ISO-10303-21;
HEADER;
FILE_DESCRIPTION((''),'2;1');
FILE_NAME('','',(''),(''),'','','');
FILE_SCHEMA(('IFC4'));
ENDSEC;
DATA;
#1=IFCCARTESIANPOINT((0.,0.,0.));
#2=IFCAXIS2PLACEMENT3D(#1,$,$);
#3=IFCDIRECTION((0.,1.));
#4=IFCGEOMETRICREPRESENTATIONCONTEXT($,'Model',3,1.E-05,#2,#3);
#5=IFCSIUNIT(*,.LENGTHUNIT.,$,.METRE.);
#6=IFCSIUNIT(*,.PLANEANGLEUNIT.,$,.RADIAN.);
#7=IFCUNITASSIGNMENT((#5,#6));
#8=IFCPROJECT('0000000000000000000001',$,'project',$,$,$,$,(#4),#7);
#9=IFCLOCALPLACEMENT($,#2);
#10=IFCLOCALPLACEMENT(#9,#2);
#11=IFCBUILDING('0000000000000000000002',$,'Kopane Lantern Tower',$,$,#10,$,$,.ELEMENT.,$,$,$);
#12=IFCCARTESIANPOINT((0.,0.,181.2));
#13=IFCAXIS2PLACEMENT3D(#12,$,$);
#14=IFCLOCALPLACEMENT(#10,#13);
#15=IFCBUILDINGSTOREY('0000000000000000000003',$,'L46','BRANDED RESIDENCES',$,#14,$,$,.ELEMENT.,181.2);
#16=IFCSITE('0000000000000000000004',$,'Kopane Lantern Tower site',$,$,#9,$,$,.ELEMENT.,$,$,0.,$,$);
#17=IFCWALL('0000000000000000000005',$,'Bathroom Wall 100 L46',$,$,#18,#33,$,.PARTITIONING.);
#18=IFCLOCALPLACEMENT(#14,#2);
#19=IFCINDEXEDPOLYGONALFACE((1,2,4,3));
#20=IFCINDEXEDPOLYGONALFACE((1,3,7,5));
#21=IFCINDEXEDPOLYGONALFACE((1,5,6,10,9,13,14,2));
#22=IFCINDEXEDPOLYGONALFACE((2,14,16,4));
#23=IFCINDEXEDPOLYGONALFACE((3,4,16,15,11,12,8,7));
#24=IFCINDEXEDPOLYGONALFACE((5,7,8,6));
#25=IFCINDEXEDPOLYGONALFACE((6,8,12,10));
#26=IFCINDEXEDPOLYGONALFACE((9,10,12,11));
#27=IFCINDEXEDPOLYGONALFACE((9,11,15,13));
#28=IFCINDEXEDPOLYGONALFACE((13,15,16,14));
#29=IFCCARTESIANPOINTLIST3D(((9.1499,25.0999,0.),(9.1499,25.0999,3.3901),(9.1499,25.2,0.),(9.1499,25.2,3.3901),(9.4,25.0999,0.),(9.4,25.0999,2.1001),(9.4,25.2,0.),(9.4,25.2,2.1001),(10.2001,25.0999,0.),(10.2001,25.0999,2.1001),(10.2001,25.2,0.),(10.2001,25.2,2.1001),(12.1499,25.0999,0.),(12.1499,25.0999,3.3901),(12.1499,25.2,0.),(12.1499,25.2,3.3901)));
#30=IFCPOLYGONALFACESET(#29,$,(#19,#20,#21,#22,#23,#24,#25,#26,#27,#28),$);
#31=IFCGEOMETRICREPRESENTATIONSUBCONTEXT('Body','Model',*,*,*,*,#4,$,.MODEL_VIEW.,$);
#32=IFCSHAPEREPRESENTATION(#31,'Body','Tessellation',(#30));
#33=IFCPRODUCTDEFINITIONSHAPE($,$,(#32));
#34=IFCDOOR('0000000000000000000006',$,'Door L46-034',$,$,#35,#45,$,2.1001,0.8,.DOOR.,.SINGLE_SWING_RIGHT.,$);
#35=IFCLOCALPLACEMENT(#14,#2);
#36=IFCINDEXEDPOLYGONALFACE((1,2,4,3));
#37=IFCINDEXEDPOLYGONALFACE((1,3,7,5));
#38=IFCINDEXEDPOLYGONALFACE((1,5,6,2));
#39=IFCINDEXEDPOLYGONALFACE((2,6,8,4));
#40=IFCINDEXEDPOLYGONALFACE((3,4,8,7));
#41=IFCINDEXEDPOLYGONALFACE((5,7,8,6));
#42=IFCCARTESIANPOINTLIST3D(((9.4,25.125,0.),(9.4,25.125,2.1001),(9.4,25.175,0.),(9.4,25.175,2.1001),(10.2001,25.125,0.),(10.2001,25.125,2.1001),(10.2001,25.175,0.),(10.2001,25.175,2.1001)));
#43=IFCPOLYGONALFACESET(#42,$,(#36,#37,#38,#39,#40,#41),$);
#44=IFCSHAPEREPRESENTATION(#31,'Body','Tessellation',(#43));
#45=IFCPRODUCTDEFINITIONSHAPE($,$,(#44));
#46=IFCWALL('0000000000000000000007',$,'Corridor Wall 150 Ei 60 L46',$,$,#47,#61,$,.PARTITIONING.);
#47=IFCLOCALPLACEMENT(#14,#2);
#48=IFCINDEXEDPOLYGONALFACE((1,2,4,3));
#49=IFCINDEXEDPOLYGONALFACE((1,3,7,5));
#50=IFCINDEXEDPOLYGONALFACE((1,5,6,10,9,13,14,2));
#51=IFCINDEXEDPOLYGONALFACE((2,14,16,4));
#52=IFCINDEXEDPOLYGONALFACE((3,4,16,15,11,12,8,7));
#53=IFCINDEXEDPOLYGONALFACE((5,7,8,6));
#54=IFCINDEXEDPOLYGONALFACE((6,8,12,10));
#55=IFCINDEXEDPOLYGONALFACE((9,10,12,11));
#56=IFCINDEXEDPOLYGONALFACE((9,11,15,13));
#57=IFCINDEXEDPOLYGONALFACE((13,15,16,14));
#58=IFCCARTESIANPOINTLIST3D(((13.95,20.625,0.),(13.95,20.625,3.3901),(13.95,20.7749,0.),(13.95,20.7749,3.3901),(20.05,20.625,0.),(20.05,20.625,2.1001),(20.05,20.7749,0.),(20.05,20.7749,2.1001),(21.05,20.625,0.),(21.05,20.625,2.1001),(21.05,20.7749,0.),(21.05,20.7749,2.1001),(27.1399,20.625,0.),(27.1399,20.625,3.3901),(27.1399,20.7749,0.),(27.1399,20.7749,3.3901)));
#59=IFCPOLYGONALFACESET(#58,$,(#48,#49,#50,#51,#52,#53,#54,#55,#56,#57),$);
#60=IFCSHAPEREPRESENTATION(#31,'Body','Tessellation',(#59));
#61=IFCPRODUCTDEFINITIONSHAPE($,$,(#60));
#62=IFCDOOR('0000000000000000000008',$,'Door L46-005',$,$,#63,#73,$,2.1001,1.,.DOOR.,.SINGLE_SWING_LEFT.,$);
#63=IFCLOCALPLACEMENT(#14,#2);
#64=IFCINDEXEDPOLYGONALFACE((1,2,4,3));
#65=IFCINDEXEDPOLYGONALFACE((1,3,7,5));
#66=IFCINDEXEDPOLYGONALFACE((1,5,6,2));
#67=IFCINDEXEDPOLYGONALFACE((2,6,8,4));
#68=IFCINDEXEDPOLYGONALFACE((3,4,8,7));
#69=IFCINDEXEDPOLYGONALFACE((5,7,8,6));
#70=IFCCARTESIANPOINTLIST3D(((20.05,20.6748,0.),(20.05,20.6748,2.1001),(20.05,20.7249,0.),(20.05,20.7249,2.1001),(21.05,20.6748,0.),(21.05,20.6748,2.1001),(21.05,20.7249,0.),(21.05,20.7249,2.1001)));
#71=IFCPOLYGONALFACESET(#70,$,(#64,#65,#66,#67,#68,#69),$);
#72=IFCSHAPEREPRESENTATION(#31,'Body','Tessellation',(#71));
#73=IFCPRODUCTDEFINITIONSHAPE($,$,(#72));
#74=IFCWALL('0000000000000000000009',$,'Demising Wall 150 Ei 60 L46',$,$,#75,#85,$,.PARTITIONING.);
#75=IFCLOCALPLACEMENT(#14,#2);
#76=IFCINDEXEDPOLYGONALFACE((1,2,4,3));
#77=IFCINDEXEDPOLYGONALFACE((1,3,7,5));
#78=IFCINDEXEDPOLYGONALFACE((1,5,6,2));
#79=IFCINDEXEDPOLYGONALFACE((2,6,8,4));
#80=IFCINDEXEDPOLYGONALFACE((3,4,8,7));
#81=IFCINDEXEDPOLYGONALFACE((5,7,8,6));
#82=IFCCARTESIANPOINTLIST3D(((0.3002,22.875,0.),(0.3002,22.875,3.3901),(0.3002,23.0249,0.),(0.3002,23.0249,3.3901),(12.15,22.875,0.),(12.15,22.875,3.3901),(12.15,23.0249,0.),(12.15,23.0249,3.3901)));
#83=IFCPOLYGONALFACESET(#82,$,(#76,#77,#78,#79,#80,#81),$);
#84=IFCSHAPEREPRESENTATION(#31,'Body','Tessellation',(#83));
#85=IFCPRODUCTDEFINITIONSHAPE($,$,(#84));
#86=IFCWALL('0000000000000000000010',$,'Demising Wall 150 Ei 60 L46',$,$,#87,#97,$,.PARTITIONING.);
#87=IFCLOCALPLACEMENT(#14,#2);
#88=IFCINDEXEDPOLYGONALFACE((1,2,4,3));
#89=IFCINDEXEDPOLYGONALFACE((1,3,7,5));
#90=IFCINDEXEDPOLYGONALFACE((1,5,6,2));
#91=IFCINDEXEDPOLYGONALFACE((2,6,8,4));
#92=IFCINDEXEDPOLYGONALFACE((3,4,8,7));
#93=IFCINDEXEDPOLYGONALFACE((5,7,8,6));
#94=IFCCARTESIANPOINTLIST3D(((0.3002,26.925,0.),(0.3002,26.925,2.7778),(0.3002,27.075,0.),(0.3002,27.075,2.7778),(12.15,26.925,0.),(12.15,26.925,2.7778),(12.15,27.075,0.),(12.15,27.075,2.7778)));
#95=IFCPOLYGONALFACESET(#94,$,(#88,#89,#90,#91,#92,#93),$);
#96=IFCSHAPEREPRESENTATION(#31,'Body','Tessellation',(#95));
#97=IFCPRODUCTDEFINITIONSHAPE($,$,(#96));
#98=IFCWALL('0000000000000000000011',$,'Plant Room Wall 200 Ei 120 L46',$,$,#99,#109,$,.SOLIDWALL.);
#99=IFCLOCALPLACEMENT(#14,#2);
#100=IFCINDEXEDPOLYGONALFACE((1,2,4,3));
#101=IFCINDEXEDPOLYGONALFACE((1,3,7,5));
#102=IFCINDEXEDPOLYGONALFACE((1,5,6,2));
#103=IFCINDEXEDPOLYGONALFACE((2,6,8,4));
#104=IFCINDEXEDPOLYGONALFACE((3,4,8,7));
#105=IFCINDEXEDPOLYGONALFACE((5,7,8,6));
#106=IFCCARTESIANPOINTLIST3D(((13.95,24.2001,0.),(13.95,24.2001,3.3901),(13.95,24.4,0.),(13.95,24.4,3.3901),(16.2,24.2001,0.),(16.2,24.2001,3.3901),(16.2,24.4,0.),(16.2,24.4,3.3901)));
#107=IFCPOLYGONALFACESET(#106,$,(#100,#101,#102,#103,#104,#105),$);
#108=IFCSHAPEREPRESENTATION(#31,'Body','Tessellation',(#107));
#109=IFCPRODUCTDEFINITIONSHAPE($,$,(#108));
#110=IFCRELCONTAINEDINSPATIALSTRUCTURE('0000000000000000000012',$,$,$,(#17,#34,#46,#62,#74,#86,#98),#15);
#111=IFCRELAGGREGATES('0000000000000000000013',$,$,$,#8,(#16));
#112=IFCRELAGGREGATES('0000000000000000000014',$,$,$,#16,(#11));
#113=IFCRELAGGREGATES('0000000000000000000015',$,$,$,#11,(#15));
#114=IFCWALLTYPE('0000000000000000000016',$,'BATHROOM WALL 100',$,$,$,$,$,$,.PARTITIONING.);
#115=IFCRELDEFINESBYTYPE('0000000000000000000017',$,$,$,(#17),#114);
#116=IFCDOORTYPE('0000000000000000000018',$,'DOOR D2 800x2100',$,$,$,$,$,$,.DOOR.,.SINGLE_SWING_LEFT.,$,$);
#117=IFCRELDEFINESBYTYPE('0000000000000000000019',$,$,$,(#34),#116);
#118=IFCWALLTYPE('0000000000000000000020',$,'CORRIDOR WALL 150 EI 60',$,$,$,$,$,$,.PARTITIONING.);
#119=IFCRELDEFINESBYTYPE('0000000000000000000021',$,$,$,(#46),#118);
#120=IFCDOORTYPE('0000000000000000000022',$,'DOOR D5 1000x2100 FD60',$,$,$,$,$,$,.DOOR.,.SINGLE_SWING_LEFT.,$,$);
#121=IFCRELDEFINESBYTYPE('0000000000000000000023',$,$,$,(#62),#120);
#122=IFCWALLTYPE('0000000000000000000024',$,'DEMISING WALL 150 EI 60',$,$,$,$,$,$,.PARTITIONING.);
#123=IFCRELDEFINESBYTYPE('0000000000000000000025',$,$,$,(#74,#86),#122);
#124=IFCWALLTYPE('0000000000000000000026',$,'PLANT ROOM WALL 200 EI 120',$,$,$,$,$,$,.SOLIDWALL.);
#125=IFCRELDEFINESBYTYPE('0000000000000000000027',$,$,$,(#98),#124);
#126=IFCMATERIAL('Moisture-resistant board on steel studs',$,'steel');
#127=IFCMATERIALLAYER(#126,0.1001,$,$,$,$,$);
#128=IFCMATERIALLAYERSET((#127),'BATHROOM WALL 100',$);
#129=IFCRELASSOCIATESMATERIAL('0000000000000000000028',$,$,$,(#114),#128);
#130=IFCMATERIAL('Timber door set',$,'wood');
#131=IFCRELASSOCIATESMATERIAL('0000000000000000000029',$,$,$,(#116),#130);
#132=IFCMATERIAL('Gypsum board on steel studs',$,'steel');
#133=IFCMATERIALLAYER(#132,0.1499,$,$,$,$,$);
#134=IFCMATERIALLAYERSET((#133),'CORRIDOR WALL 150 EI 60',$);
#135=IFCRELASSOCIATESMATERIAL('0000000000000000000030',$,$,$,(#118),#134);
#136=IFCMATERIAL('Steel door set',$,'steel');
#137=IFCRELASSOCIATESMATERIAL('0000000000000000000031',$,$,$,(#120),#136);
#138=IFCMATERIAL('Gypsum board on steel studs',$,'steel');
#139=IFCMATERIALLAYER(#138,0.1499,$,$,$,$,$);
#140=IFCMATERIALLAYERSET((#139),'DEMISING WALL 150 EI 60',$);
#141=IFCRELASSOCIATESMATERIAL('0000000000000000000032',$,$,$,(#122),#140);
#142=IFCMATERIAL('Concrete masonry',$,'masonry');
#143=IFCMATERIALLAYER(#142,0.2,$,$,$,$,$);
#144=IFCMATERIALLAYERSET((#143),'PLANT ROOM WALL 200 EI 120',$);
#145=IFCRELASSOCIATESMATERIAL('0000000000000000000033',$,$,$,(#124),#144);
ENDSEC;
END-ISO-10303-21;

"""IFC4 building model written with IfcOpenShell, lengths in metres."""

from ifc_helpers import new_model, si_unit, direction, frame, frame_2d, origin, place, context, subcontext, project, spatial, rectangle, extrude, material, layer, layer_set, type_object, element, fill, save


model = new_model("IFC4")

# Units and contexts
model_context = context("Model", 3, precision=1e-05, world=origin(), true_north=direction((0.0, 1.0)))
body_context = subcontext(model_context, "Body", "Model", "MODEL_VIEW")
ifc_project = project(units=[si_unit("LENGTHUNIT", "METRE"), si_unit("PLANEANGLEUNIT", "RADIAN")], contexts=[model_context])

# Site, building, storey
site_placement = place(None, origin())
site = spatial("IfcSite", under=ifc_project, at=site_placement, Name="Kopane Lantern Tower site", CompositionType="ELEMENT", RefElevation=0.0)
building_placement = place(site_placement, origin())
building = spatial("IfcBuilding", under=site, at=building_placement, Name="Kopane Lantern Tower", CompositionType="ELEMENT")
storey_placement = place(building_placement, frame((0.0, 0.0, 181.2)))
storey = spatial("IfcBuildingStorey", under=building, at=storey_placement, Name="L46", Description="BRANDED RESIDENCES", CompositionType="ELEMENT", Elevation=181.2)

# Walls, openings, doors
ifc_material_1 = material(Name="Moisture-resistant board on steel studs", Category="steel")
ifc_layer_1 = layer(ifc_material_1, 0.1001)
ifc_layer_set_1 = layer_set([ifc_layer_1], Name="BATHROOM WALL 100")
wall_type_1 = type_object("IfcWallType", Name="BATHROOM WALL 100", PredefinedType="PARTITIONING", material=ifc_layer_set_1)
ifc_material_2 = material(Name="Timber door set", Category="wood")
door_type_1 = type_object("IfcDoorType", Name="DOOR D2 800x2100", OperationType="SINGLE_SWING_LEFT", PredefinedType="DOOR", material=ifc_material_2)
wall_1_placement = place(storey_placement, frame((12.1499, 25.1499, 0.0), z_axis=(0.0, 0.0, 1.0), x_axis=(-1.0, 0.0, 0.0)))
wall_1 = element("IfcWall", 1, at=wall_1_placement, inside=storey, type_object=wall_type_1, Name="Bathroom Wall 100 L46", PredefinedType="PARTITIONING", context=body_context, shape_type="SweptSolid", body=[
    extrude(rectangle(XDim=3.0, YDim=0.1001, at=frame_2d((1.5, 0.0))), origin(), (0.0, 0.0, 1.0), 3.3901),
])
opening_1_placement = place(wall_1_placement, frame((1.95, 0.0, 0.0)))
opening_1 = element("IfcOpeningElement", 2, at=opening_1_placement, cuts=wall_1, PredefinedType="OPENING", context=body_context, shape_type="SweptSolid", body=[
    extrude(rectangle(XDim=0.8, YDim=2.1001, at=frame_2d((0.3999, 1.05))), frame((0.0, 0.0601, 0.0), z_axis=(0.0, -1.0, 0.0), x_axis=(1.0, 0.0, 0.0)), (0.0, 0.0, 1.0), 0.1201),
])
door_1_placement = place(opening_1_placement, origin())
door_1 = element("IfcDoor", 3, at=door_1_placement, inside=storey, type_object=door_type_1, Name="Door L46-034", OperationType="SINGLE_SWING_RIGHT", OverallHeight=2.1001, OverallWidth=0.8, PredefinedType="DOOR", context=body_context, shape_type="SweptSolid", body=[
    extrude(rectangle(XDim=0.8, YDim=2.1001, at=frame_2d((0.3999, 1.05))), frame((0.0, 0.0249, 0.0), z_axis=(0.0, -1.0, 0.0), x_axis=(1.0, 0.0, 0.0)), (0.0, 0.0, 1.0), 0.05),
])
fill(opening_1, door_1)
ifc_material_3 = material(Name="Gypsum board on steel studs", Category="steel")
ifc_layer_2 = layer(ifc_material_3, 0.1499)
ifc_layer_set_2 = layer_set([ifc_layer_2], Name="CORRIDOR WALL 150 EI 60")
wall_type_2 = type_object("IfcWallType", Name="CORRIDOR WALL 150 EI 60", PredefinedType="PARTITIONING", material=ifc_layer_set_2)
wall_2_placement = place(storey_placement, frame((13.95, 20.7, 0.0), z_axis=(0.0, 0.0, 1.0), x_axis=(1.0, 0.0, 0.0)))
wall_2 = element("IfcWall", 4, at=wall_2_placement, inside=storey, type_object=wall_type_2, Name="Corridor Wall 150 Ei 60 L46", PredefinedType="PARTITIONING", context=body_context, shape_type="SweptSolid", body=[
    extrude(rectangle(XDim=13.1899, YDim=0.1499, at=frame_2d((6.595, 0.0))), origin(), (0.0, 0.0, 1.0), 3.3901),
])
opening_2_placement = place(wall_2_placement, frame((6.1001, 0.0, 0.0)))
opening_2 = element("IfcOpeningElement", 5, at=opening_2_placement, cuts=wall_2, PredefinedType="OPENING", context=body_context, shape_type="SweptSolid", body=[
    extrude(rectangle(XDim=1.0, YDim=2.1001, at=frame_2d((0.5, 1.05))), frame((0.0, 0.085, 0.0), z_axis=(0.0, -1.0, 0.0), x_axis=(1.0, 0.0, 0.0)), (0.0, 0.0, 1.0), 0.1699),
])
ifc_material_4 = material(Name="Steel door set", Category="steel")
door_type_2 = type_object("IfcDoorType", Name="DOOR D5 1000x2100 FD60", OperationType="SINGLE_SWING_LEFT", PredefinedType="DOOR", material=ifc_material_4)
door_2_placement = place(opening_2_placement, origin())
door_2 = element("IfcDoor", 6, at=door_2_placement, inside=storey, type_object=door_type_2, Name="Door L46-005", OperationType="SINGLE_SWING_LEFT", OverallHeight=2.1001, OverallWidth=1.0, PredefinedType="DOOR", context=body_context, shape_type="SweptSolid", body=[
    extrude(rectangle(XDim=1.0, YDim=2.1001, at=frame_2d((0.5, 1.05))), frame((0.0, 0.0249, 0.0), z_axis=(0.0, -1.0, 0.0), x_axis=(1.0, 0.0, 0.0)), (0.0, 0.0, 1.0), 0.05),
])
fill(opening_2, door_2)

# Walls
ifc_material_5 = material(Name="Gypsum board on steel studs", Category="steel")
ifc_layer_3 = layer(ifc_material_5, 0.1499)
ifc_layer_set_3 = layer_set([ifc_layer_3], Name="DEMISING WALL 150 EI 60")
wall_type_3 = type_object("IfcWallType", Name="DEMISING WALL 150 EI 60", PredefinedType="PARTITIONING", material=ifc_layer_set_3)
wall_3_placement = place(storey_placement, frame((12.1499, 22.95, 0.0), z_axis=(0.0, 0.0, 1.0), x_axis=(-1.0, 0.0, 0.0)))
element("IfcWall", 7, at=wall_3_placement, inside=storey, type_object=wall_type_3, Name="Demising Wall 150 Ei 60 L46", PredefinedType="PARTITIONING", context=body_context, shape_type="SweptSolid", body=[
    extrude(rectangle(XDim=11.8499, YDim=0.1499, at=frame_2d((5.9248, 0.0))), origin(), (0.0, 0.0, 1.0), 3.3901),
])
wall_4_placement = place(storey_placement, frame((12.1499, 27.0, 0.0), z_axis=(0.0, 0.0, 1.0), x_axis=(-1.0, 0.0, 0.0)))
element("IfcWall", 8, at=wall_4_placement, inside=storey, type_object=wall_type_3, Name="Demising Wall 150 Ei 60 L46", PredefinedType="PARTITIONING", context=body_context, shape_type="SweptSolid", body=[
    extrude(rectangle(XDim=11.8499, YDim=0.1499, at=frame_2d((5.9248, 0.0))), origin(), (0.0, 0.0, 1.0), 2.7778),
])
ifc_material_6 = material(Name="Concrete masonry", Category="masonry")
ifc_layer_4 = layer(ifc_material_6, 0.2)
ifc_layer_set_4 = layer_set([ifc_layer_4], Name="PLANT ROOM WALL 200 EI 120")
wall_type_4 = type_object("IfcWallType", Name="PLANT ROOM WALL 200 EI 120", PredefinedType="SOLIDWALL", material=ifc_layer_set_4)
wall_5_placement = place(storey_placement, frame((13.95, 24.3, 0.0), z_axis=(0.0, 0.0, 1.0), x_axis=(1.0, 0.0, 0.0)))
element("IfcWall", 9, at=wall_5_placement, inside=storey, type_object=wall_type_4, Name="Plant Room Wall 200 Ei 120 L46", PredefinedType="SOLIDWALL", context=body_context, shape_type="SweptSolid", body=[
    extrude(rectangle(XDim=2.25, YDim=0.2, at=frame_2d((1.125, 0.0))), origin(), (0.0, 0.0, 1.0), 3.3901),
])

save(model, "model.ifc")
